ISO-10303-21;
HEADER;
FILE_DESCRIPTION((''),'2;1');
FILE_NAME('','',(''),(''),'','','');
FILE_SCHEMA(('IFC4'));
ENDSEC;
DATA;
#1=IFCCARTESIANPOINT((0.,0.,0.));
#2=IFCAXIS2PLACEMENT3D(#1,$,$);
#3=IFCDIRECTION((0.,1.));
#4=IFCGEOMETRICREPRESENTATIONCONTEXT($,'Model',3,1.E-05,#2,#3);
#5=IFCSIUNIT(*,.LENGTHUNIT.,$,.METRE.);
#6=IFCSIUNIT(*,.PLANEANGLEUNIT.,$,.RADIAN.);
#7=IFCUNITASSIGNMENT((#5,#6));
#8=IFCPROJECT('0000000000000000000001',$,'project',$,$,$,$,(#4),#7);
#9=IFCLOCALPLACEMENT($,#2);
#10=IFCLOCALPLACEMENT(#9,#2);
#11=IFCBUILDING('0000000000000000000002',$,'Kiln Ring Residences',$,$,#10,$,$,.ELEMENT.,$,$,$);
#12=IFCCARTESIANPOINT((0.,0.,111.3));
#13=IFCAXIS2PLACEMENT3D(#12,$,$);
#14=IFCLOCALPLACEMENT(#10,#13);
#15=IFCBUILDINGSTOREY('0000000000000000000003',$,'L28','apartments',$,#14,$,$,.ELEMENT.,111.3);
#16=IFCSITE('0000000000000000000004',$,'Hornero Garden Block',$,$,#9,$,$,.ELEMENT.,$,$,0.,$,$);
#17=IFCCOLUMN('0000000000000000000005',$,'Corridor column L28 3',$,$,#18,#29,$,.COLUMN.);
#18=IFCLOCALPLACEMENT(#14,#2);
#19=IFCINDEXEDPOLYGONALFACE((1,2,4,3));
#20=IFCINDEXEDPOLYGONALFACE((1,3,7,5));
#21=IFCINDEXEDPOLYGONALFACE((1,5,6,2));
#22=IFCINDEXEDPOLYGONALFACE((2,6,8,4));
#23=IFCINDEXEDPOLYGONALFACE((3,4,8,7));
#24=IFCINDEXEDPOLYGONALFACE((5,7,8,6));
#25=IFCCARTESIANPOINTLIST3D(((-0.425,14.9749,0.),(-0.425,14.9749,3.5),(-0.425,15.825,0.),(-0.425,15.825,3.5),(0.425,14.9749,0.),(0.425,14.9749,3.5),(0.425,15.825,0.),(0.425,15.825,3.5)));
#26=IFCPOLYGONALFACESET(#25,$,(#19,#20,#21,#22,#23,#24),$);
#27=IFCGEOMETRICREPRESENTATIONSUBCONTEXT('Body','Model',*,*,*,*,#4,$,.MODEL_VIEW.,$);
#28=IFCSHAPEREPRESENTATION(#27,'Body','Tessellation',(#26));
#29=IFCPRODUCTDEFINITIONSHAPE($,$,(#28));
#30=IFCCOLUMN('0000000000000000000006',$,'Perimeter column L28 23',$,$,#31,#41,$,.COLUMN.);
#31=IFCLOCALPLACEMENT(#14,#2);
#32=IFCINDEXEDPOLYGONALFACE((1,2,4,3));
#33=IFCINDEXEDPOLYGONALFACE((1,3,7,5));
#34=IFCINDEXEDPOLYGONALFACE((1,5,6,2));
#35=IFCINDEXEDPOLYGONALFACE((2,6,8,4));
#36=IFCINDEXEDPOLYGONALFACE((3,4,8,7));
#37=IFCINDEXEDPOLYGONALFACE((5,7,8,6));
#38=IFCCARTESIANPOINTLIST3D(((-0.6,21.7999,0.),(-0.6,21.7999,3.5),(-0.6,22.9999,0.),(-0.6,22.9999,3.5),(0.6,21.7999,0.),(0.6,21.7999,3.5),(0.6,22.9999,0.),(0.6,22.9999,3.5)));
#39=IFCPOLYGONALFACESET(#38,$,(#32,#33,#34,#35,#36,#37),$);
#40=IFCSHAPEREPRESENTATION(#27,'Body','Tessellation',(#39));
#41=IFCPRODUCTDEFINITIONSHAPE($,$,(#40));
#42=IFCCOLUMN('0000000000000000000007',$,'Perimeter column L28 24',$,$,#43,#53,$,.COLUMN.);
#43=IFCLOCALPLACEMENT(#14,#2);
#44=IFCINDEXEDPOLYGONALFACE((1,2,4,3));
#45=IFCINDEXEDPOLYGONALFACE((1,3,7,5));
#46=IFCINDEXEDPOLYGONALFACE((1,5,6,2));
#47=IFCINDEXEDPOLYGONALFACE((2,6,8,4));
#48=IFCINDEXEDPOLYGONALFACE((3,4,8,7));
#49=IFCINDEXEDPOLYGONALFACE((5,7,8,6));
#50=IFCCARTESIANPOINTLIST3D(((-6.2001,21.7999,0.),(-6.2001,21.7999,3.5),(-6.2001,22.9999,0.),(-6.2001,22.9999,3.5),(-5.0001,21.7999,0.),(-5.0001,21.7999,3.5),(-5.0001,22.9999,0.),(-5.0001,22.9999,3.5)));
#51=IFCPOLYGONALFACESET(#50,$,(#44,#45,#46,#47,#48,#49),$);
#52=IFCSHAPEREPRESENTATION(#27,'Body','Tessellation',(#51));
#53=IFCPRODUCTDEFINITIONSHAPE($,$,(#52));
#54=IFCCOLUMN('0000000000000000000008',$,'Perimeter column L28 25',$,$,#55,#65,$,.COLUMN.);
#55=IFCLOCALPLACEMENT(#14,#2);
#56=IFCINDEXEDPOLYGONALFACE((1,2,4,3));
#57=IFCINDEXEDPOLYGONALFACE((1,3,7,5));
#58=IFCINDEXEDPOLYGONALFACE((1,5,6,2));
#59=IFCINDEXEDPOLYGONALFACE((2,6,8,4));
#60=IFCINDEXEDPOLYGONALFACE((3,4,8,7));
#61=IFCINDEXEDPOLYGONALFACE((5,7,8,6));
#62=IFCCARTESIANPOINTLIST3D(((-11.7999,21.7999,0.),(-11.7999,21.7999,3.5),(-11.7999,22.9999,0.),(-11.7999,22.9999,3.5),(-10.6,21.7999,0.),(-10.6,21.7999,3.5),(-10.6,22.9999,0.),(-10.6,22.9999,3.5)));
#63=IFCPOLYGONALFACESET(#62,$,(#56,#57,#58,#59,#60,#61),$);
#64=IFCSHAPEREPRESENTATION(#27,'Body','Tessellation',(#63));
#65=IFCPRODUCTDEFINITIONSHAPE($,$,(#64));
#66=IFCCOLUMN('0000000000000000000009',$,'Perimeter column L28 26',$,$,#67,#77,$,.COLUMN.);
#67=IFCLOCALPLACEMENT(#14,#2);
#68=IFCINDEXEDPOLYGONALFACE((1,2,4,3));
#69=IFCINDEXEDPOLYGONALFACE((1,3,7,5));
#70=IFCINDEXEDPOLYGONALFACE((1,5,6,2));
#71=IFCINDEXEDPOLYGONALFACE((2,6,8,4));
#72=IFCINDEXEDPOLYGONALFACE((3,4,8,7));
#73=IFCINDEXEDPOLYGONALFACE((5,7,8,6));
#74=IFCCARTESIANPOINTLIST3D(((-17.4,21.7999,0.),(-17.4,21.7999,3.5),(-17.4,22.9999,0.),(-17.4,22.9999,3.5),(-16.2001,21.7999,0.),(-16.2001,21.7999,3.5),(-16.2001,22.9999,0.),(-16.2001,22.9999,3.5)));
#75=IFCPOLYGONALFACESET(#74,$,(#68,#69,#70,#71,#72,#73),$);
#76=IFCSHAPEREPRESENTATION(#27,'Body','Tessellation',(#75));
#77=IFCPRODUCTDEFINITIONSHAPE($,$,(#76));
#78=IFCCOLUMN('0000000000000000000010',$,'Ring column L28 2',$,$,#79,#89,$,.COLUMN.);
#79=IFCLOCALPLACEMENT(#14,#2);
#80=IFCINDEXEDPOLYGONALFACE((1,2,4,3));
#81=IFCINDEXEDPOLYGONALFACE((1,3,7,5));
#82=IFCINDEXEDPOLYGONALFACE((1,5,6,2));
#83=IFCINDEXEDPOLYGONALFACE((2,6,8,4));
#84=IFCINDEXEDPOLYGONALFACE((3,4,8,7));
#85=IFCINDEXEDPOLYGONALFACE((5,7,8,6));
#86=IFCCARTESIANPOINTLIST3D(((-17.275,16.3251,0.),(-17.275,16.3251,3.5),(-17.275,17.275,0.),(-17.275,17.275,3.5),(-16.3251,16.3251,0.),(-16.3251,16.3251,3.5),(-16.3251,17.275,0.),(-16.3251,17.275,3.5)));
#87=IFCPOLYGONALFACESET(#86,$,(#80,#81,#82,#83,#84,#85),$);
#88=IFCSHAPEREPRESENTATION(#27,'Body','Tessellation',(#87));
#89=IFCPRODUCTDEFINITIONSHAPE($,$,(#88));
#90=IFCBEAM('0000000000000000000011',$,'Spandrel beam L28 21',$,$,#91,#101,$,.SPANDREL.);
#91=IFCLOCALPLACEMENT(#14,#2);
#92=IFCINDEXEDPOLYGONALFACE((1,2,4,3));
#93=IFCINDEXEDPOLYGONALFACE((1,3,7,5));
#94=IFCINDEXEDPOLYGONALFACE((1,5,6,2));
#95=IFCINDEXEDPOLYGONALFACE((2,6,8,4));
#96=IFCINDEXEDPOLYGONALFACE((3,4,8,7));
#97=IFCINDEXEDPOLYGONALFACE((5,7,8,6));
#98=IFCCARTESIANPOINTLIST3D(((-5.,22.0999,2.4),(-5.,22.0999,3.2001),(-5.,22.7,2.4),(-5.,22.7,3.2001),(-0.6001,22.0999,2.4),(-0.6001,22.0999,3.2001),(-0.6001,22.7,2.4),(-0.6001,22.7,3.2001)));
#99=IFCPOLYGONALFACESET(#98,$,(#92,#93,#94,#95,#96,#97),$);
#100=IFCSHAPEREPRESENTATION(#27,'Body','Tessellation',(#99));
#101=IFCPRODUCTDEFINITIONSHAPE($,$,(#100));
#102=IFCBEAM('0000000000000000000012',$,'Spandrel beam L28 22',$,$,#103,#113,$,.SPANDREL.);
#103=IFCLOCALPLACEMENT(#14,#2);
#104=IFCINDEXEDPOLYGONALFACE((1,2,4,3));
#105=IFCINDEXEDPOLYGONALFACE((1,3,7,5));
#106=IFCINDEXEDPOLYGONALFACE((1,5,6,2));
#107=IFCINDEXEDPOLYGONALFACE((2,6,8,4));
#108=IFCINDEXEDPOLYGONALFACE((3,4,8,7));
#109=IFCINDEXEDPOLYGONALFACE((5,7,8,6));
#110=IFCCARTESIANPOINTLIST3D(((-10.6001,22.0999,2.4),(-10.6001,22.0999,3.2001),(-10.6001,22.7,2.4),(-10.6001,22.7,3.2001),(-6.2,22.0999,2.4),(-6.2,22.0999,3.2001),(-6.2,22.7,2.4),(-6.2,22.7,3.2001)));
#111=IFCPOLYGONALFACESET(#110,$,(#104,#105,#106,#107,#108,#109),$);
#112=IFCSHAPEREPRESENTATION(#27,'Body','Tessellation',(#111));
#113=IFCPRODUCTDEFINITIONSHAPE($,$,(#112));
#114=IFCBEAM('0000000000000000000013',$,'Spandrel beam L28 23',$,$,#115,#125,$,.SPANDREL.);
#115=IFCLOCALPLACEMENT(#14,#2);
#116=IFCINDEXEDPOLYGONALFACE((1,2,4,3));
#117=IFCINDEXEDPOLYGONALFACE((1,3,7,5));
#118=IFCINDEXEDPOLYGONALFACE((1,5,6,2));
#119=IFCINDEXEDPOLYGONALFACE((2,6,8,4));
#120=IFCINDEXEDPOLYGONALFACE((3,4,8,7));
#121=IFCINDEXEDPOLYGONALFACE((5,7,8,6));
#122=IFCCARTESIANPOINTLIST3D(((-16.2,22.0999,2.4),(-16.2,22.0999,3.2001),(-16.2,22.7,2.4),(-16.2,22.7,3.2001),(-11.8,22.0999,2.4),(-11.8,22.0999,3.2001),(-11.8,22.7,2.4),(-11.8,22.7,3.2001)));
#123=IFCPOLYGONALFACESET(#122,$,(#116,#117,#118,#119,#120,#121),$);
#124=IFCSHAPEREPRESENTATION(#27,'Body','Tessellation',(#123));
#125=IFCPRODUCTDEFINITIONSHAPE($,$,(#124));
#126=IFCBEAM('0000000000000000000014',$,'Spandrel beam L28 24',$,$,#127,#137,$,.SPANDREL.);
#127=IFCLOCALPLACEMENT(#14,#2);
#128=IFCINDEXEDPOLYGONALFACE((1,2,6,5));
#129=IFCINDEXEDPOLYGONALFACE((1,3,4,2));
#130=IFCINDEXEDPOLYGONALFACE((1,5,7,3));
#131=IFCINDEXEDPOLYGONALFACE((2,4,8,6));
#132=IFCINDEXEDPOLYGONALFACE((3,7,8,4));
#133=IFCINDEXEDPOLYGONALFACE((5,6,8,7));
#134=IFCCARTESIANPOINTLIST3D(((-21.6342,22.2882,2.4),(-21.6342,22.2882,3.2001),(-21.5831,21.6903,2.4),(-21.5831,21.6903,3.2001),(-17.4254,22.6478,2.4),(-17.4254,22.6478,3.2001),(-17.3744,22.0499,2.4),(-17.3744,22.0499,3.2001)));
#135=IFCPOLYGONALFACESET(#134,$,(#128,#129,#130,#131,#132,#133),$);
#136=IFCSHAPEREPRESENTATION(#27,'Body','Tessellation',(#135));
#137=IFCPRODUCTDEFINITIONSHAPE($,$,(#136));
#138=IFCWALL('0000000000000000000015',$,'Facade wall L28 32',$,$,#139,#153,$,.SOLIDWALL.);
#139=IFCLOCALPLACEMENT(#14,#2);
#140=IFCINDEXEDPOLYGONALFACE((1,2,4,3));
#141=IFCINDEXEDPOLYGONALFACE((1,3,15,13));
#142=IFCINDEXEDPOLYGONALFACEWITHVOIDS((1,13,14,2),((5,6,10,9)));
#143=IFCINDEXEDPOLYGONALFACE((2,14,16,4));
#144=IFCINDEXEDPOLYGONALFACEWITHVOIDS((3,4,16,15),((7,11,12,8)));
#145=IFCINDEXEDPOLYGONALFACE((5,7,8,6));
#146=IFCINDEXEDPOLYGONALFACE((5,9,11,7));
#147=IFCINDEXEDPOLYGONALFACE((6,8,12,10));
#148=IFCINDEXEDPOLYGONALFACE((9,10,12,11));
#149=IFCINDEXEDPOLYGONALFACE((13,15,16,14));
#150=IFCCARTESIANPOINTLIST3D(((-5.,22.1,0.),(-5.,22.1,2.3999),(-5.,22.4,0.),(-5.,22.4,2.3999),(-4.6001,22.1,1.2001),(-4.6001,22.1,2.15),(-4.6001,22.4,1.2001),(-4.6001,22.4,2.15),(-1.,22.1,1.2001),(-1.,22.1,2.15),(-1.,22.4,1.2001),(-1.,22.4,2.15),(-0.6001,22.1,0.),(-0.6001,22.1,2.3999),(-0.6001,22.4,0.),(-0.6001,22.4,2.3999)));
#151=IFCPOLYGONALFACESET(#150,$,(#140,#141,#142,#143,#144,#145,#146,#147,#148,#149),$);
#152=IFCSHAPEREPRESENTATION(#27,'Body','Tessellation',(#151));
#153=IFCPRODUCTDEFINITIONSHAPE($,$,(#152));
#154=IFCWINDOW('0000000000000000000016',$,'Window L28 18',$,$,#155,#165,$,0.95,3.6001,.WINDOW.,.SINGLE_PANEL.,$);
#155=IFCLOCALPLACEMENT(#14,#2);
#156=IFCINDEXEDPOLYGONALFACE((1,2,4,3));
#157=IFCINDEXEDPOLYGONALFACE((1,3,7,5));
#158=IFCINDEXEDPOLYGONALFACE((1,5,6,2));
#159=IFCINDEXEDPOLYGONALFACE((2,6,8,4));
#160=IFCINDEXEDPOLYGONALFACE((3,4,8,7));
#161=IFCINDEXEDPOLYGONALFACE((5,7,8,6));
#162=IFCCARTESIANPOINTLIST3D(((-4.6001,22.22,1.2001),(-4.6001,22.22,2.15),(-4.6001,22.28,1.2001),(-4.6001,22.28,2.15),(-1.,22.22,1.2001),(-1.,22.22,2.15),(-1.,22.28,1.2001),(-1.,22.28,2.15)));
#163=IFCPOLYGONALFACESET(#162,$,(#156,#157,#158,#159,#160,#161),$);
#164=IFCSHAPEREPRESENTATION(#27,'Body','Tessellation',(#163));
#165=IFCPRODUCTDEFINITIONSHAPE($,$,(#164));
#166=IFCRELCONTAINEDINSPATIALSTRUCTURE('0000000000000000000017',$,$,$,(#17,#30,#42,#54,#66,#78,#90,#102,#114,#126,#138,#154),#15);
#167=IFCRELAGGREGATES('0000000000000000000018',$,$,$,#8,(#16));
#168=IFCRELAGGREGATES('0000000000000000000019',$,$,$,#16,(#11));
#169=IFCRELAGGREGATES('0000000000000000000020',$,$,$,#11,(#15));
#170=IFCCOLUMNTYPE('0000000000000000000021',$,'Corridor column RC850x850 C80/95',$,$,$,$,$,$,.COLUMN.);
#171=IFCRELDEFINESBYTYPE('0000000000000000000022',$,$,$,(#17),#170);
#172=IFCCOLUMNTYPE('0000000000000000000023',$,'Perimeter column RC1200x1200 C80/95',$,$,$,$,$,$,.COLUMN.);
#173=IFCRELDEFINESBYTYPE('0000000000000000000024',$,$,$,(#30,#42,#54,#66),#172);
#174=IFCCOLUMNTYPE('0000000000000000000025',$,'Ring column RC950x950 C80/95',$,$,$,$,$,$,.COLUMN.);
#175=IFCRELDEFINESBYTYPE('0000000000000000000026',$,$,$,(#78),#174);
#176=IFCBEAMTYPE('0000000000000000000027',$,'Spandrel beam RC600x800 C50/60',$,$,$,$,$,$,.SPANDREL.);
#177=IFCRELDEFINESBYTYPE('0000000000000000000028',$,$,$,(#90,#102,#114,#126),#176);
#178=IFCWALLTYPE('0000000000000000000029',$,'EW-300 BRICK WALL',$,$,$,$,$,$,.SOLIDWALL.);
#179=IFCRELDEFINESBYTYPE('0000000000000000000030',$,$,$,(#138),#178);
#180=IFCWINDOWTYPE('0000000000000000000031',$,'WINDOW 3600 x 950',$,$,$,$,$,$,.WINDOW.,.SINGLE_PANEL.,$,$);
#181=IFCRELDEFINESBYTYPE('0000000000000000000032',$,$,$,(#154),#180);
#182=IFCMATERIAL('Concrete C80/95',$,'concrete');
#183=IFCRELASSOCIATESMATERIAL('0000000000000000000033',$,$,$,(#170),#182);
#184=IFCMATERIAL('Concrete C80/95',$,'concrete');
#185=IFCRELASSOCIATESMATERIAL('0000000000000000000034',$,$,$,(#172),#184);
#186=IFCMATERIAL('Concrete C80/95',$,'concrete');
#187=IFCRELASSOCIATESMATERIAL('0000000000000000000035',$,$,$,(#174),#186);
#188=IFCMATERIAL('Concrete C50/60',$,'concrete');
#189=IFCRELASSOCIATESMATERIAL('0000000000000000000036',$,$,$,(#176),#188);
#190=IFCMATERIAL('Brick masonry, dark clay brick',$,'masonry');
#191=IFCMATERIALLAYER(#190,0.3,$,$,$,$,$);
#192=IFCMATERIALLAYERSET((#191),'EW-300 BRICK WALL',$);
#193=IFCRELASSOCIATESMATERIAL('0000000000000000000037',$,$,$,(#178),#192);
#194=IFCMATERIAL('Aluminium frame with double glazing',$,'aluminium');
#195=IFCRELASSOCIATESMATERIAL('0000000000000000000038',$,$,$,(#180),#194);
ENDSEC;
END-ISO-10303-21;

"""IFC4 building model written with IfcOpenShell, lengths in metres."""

from ifc_helpers import new_model, si_unit, direction, frame, frame_2d, origin, origin_2d, place, context, subcontext, project, spatial, rectangle, extrude, material, layer, layer_set, material_profile, profile_set, type_object, element, fill, save


model = new_model("IFC4")

# Units and contexts
model_context = context("Model", 3, precision=1e-05, world=origin(), true_north=direction((0.0, 1.0)))
body_context = subcontext(model_context, "Body", "Model", "MODEL_VIEW")
ifc_project = project(units=[si_unit("LENGTHUNIT", "METRE"), si_unit("PLANEANGLEUNIT", "RADIAN")], contexts=[model_context])

# Site, building, storey
site_placement = place(None, origin())
site = spatial("IfcSite", under=ifc_project, at=site_placement, Name="Hornero Garden Block", CompositionType="ELEMENT", RefElevation=0.0)
building_placement = place(site_placement, origin())
building = spatial("IfcBuilding", under=site, at=building_placement, Name="Kiln Ring Residences", CompositionType="ELEMENT")
storey_placement = place(building_placement, frame((0.0, 0.0, 111.3)))
storey = spatial("IfcBuildingStorey", under=building, at=storey_placement, Name="L28", Description="apartments", CompositionType="ELEMENT", Elevation=111.3)

# Columns
ifc_material_1 = material(Name="Concrete C80/95", Category="concrete")
ifc_material_profile_1 = material_profile(ifc_material_1, rectangle(XDim=0.8501, YDim=0.8501, at=origin_2d()), Name="RC850x850")
ifc_profile_set_1 = profile_set([ifc_material_profile_1], Name="Concrete C80/95")
column_type_1 = type_object("IfcColumnType", Name="Corridor column RC850x850 C80/95", PredefinedType="COLUMN", material=ifc_profile_set_1)
column_1_placement = place(storey_placement, frame((0.0, 15.3999, 0.0), z_axis=(0.0, 0.0, 1.0), x_axis=(1.0, 0.0, 0.0)))
element("IfcColumn", 1, at=column_1_placement, inside=storey, type_object=column_type_1, Name="Corridor column L28 3", PredefinedType="COLUMN", context=body_context, shape_type="SweptSolid", body=[
    extrude(rectangle(XDim=0.8501, YDim=0.8501, at=origin_2d()), origin(), (0.0, 0.0, 1.0), 3.5),
])
ifc_material_2 = material(Name="Concrete C80/95", Category="concrete")
ifc_material_profile_2 = material_profile(ifc_material_2, rectangle(XDim=1.2, YDim=1.2, at=origin_2d()), Name="RC1200x1200")
ifc_profile_set_2 = profile_set([ifc_material_profile_2], Name="Concrete C80/95")
column_type_2 = type_object("IfcColumnType", Name="Perimeter column RC1200x1200 C80/95", PredefinedType="COLUMN", material=ifc_profile_set_2)
for number, where, z_axis, x_axis, name in (
    (2, (0.0, 22.3999, 0.0), (0.0, 0.0, 1.0), (1.0, 0.0, 0.0), "Perimeter column L28 23"),
    (3, (-5.6001, 22.3999, 0.0), (0.0, 0.0, 1.0), (1.0, 0.0, 0.0), "Perimeter column L28 24"),
    (4, (-11.2, 22.3999, 0.0), (0.0, 0.0, 1.0), (1.0, 0.0, 0.0), "Perimeter column L28 25"),
    (5, (-16.8, 22.3999, 0.0), (0.0, 0.0, 1.0), (1.0, 0.0, 0.0), "Perimeter column L28 26"),
):
    element("IfcColumn", number, at=place(storey_placement, frame(where, z_axis=z_axis, x_axis=x_axis)), inside=storey, type_object=column_type_2, Name=name, PredefinedType="COLUMN", context=body_context, shape_type="SweptSolid", body=[
        extrude(rectangle(XDim=1.2, YDim=1.2, at=origin_2d()), origin(), (0.0, 0.0, 1.0), 3.5),
    ])
ifc_material_3 = material(Name="Concrete C80/95", Category="concrete")
ifc_material_profile_3 = material_profile(ifc_material_3, rectangle(XDim=0.95, YDim=0.95, at=origin_2d()), Name="RC950x950")
ifc_profile_set_3 = profile_set([ifc_material_profile_3], Name="Concrete C80/95")
column_type_3 = type_object("IfcColumnType", Name="Ring column RC950x950 C80/95", PredefinedType="COLUMN", material=ifc_profile_set_3)
column_2_placement = place(storey_placement, frame((-16.8, 16.8, 0.0), z_axis=(0.0, 0.0, 1.0), x_axis=(1.0, 0.0, 0.0)))
element("IfcColumn", 6, at=column_2_placement, inside=storey, type_object=column_type_3, Name="Ring column L28 2", PredefinedType="COLUMN", context=body_context, shape_type="SweptSolid", body=[
    extrude(rectangle(XDim=0.95, YDim=0.95, at=origin_2d()), origin(), (0.0, 0.0, 1.0), 3.5),
])

# Beams
ifc_material_4 = material(Name="Concrete C50/60", Category="concrete")
ifc_material_profile_4 = material_profile(ifc_material_4, rectangle(XDim=0.6001, YDim=0.8, at=origin_2d()), Name="RC600x800")
ifc_profile_set_4 = profile_set([ifc_material_profile_4], Name="Concrete C50/60")
beam_type = type_object("IfcBeamType", Name="Spandrel beam RC600x800 C50/60", PredefinedType="SPANDREL", material=ifc_profile_set_4)
beam_1_placement = place(storey_placement, frame((-0.6001, 22.3999, 2.8), z_axis=(-1.0, 0.0, 0.0), x_axis=(0.0, -1.0, 0.0)))
element("IfcBeam", 7, at=beam_1_placement, inside=storey, type_object=beam_type, Name="Spandrel beam L28 21", PredefinedType="SPANDREL", context=body_context, shape_type="SweptSolid", body=[
    extrude(rectangle(XDim=0.6001, YDim=0.8, at=origin_2d()), origin(), (0.0, 0.0, 1.0), 4.3999),
])
beam_2_placement = place(storey_placement, frame((-6.2, 22.3999, 2.8), z_axis=(-1.0, 0.0, 0.0), x_axis=(0.0, -1.0, 0.0)))
element("IfcBeam", 8, at=beam_2_placement, inside=storey, type_object=beam_type, Name="Spandrel beam L28 22", PredefinedType="SPANDREL", context=body_context, shape_type="SweptSolid", body=[
    extrude(rectangle(XDim=0.6001, YDim=0.8, at=origin_2d()), origin(), (0.0, 0.0, 1.0), 4.4001),
])
beam_3_placement = place(storey_placement, frame((-11.8, 22.3999, 2.8), z_axis=(-1.0, 0.0, 0.0), x_axis=(0.0, -1.0, 0.0)))
element("IfcBeam", 9, at=beam_3_placement, inside=storey, type_object=beam_type, Name="Spandrel beam L28 23", PredefinedType="SPANDREL", context=body_context, shape_type="SweptSolid", body=[
    extrude(rectangle(XDim=0.6001, YDim=0.8, at=origin_2d()), origin(), (0.0, 0.0, 1.0), 4.3999),
])
beam_4_placement = place(storey_placement, frame((-17.3999, 22.3489, 2.8), z_axis=(-0.996369, -0.085136, 0.0), x_axis=(0.085136, -0.996369, 0.0)))
element("IfcBeam", 10, at=beam_4_placement, inside=storey, type_object=beam_type, Name="Spandrel beam L28 24", PredefinedType="SPANDREL", context=body_context, shape_type="SweptSolid", body=[
    extrude(rectangle(XDim=0.6001, YDim=0.8, at=origin_2d()), origin(), (0.0, 0.0, 1.0), 4.2241),
])

# Wall, opening, window
ifc_material_5 = material(Name="Brick masonry, dark clay brick", Category="masonry")
ifc_layer_1 = layer(ifc_material_5, 0.3)
ifc_layer_set_1 = layer_set([ifc_layer_1], Name="EW-300 BRICK WALL")
wall_type_1 = type_object("IfcWallType", Name="EW-300 BRICK WALL", PredefinedType="SOLIDWALL", material=ifc_layer_set_1)
wall_1_placement = place(storey_placement, frame((-0.6001, 22.25, 0.0), z_axis=(0.0, 0.0, 1.0), x_axis=(-1.0, 0.0, 0.0)))
wall_1 = element("IfcWall", 11, at=wall_1_placement, inside=storey, type_object=wall_type_1, Name="Facade wall L28 32", PredefinedType="SOLIDWALL", context=body_context, shape_type="SweptSolid", body=[
    extrude(rectangle(XDim=4.3999, YDim=0.3, at=frame_2d((2.2, 0.0))), origin(), (0.0, 0.0, 1.0), 2.3999),
])
opening_1_placement = place(wall_1_placement, frame((0.3999, 0.0, 1.2)))
opening_1 = element("IfcOpeningElement", 12, at=opening_1_placement, cuts=wall_1, PredefinedType="OPENING", context=body_context, shape_type="SweptSolid", body=[
    extrude(rectangle(XDim=3.6001, YDim=0.95, at=frame_2d((1.8, 0.4751))), frame((0.0, 0.1599, 0.0), z_axis=(0.0, -1.0, 0.0), x_axis=(1.0, 0.0, 0.0)), (0.0, 0.0, 1.0), 0.3201),
])
ifc_material_6 = material(Name="Aluminium frame with double glazing", Category="aluminium")
window_type_1 = type_object("IfcWindowType", Name="WINDOW 3600 x 950", PartitioningType="SINGLE_PANEL", PredefinedType="WINDOW", material=ifc_material_6)
window_1_placement = place(opening_1_placement, origin())
window_1 = element("IfcWindow", 13, at=window_1_placement, inside=storey, type_object=window_type_1, Name="Window L28 18", OverallHeight=0.95, OverallWidth=3.6001, PartitioningType="SINGLE_PANEL", PredefinedType="WINDOW", context=body_context, shape_type="SweptSolid", body=[
    extrude(rectangle(XDim=3.6001, YDim=0.95, at=frame_2d((1.8, 0.4751))), frame((0.0, 0.03, 0.0), z_axis=(0.0, -1.0, 0.0), x_axis=(1.0, 0.0, 0.0)), (0.0, 0.0, 1.0), 0.0601),
])
fill(opening_1, window_1)

save(model, "model.ifc")
